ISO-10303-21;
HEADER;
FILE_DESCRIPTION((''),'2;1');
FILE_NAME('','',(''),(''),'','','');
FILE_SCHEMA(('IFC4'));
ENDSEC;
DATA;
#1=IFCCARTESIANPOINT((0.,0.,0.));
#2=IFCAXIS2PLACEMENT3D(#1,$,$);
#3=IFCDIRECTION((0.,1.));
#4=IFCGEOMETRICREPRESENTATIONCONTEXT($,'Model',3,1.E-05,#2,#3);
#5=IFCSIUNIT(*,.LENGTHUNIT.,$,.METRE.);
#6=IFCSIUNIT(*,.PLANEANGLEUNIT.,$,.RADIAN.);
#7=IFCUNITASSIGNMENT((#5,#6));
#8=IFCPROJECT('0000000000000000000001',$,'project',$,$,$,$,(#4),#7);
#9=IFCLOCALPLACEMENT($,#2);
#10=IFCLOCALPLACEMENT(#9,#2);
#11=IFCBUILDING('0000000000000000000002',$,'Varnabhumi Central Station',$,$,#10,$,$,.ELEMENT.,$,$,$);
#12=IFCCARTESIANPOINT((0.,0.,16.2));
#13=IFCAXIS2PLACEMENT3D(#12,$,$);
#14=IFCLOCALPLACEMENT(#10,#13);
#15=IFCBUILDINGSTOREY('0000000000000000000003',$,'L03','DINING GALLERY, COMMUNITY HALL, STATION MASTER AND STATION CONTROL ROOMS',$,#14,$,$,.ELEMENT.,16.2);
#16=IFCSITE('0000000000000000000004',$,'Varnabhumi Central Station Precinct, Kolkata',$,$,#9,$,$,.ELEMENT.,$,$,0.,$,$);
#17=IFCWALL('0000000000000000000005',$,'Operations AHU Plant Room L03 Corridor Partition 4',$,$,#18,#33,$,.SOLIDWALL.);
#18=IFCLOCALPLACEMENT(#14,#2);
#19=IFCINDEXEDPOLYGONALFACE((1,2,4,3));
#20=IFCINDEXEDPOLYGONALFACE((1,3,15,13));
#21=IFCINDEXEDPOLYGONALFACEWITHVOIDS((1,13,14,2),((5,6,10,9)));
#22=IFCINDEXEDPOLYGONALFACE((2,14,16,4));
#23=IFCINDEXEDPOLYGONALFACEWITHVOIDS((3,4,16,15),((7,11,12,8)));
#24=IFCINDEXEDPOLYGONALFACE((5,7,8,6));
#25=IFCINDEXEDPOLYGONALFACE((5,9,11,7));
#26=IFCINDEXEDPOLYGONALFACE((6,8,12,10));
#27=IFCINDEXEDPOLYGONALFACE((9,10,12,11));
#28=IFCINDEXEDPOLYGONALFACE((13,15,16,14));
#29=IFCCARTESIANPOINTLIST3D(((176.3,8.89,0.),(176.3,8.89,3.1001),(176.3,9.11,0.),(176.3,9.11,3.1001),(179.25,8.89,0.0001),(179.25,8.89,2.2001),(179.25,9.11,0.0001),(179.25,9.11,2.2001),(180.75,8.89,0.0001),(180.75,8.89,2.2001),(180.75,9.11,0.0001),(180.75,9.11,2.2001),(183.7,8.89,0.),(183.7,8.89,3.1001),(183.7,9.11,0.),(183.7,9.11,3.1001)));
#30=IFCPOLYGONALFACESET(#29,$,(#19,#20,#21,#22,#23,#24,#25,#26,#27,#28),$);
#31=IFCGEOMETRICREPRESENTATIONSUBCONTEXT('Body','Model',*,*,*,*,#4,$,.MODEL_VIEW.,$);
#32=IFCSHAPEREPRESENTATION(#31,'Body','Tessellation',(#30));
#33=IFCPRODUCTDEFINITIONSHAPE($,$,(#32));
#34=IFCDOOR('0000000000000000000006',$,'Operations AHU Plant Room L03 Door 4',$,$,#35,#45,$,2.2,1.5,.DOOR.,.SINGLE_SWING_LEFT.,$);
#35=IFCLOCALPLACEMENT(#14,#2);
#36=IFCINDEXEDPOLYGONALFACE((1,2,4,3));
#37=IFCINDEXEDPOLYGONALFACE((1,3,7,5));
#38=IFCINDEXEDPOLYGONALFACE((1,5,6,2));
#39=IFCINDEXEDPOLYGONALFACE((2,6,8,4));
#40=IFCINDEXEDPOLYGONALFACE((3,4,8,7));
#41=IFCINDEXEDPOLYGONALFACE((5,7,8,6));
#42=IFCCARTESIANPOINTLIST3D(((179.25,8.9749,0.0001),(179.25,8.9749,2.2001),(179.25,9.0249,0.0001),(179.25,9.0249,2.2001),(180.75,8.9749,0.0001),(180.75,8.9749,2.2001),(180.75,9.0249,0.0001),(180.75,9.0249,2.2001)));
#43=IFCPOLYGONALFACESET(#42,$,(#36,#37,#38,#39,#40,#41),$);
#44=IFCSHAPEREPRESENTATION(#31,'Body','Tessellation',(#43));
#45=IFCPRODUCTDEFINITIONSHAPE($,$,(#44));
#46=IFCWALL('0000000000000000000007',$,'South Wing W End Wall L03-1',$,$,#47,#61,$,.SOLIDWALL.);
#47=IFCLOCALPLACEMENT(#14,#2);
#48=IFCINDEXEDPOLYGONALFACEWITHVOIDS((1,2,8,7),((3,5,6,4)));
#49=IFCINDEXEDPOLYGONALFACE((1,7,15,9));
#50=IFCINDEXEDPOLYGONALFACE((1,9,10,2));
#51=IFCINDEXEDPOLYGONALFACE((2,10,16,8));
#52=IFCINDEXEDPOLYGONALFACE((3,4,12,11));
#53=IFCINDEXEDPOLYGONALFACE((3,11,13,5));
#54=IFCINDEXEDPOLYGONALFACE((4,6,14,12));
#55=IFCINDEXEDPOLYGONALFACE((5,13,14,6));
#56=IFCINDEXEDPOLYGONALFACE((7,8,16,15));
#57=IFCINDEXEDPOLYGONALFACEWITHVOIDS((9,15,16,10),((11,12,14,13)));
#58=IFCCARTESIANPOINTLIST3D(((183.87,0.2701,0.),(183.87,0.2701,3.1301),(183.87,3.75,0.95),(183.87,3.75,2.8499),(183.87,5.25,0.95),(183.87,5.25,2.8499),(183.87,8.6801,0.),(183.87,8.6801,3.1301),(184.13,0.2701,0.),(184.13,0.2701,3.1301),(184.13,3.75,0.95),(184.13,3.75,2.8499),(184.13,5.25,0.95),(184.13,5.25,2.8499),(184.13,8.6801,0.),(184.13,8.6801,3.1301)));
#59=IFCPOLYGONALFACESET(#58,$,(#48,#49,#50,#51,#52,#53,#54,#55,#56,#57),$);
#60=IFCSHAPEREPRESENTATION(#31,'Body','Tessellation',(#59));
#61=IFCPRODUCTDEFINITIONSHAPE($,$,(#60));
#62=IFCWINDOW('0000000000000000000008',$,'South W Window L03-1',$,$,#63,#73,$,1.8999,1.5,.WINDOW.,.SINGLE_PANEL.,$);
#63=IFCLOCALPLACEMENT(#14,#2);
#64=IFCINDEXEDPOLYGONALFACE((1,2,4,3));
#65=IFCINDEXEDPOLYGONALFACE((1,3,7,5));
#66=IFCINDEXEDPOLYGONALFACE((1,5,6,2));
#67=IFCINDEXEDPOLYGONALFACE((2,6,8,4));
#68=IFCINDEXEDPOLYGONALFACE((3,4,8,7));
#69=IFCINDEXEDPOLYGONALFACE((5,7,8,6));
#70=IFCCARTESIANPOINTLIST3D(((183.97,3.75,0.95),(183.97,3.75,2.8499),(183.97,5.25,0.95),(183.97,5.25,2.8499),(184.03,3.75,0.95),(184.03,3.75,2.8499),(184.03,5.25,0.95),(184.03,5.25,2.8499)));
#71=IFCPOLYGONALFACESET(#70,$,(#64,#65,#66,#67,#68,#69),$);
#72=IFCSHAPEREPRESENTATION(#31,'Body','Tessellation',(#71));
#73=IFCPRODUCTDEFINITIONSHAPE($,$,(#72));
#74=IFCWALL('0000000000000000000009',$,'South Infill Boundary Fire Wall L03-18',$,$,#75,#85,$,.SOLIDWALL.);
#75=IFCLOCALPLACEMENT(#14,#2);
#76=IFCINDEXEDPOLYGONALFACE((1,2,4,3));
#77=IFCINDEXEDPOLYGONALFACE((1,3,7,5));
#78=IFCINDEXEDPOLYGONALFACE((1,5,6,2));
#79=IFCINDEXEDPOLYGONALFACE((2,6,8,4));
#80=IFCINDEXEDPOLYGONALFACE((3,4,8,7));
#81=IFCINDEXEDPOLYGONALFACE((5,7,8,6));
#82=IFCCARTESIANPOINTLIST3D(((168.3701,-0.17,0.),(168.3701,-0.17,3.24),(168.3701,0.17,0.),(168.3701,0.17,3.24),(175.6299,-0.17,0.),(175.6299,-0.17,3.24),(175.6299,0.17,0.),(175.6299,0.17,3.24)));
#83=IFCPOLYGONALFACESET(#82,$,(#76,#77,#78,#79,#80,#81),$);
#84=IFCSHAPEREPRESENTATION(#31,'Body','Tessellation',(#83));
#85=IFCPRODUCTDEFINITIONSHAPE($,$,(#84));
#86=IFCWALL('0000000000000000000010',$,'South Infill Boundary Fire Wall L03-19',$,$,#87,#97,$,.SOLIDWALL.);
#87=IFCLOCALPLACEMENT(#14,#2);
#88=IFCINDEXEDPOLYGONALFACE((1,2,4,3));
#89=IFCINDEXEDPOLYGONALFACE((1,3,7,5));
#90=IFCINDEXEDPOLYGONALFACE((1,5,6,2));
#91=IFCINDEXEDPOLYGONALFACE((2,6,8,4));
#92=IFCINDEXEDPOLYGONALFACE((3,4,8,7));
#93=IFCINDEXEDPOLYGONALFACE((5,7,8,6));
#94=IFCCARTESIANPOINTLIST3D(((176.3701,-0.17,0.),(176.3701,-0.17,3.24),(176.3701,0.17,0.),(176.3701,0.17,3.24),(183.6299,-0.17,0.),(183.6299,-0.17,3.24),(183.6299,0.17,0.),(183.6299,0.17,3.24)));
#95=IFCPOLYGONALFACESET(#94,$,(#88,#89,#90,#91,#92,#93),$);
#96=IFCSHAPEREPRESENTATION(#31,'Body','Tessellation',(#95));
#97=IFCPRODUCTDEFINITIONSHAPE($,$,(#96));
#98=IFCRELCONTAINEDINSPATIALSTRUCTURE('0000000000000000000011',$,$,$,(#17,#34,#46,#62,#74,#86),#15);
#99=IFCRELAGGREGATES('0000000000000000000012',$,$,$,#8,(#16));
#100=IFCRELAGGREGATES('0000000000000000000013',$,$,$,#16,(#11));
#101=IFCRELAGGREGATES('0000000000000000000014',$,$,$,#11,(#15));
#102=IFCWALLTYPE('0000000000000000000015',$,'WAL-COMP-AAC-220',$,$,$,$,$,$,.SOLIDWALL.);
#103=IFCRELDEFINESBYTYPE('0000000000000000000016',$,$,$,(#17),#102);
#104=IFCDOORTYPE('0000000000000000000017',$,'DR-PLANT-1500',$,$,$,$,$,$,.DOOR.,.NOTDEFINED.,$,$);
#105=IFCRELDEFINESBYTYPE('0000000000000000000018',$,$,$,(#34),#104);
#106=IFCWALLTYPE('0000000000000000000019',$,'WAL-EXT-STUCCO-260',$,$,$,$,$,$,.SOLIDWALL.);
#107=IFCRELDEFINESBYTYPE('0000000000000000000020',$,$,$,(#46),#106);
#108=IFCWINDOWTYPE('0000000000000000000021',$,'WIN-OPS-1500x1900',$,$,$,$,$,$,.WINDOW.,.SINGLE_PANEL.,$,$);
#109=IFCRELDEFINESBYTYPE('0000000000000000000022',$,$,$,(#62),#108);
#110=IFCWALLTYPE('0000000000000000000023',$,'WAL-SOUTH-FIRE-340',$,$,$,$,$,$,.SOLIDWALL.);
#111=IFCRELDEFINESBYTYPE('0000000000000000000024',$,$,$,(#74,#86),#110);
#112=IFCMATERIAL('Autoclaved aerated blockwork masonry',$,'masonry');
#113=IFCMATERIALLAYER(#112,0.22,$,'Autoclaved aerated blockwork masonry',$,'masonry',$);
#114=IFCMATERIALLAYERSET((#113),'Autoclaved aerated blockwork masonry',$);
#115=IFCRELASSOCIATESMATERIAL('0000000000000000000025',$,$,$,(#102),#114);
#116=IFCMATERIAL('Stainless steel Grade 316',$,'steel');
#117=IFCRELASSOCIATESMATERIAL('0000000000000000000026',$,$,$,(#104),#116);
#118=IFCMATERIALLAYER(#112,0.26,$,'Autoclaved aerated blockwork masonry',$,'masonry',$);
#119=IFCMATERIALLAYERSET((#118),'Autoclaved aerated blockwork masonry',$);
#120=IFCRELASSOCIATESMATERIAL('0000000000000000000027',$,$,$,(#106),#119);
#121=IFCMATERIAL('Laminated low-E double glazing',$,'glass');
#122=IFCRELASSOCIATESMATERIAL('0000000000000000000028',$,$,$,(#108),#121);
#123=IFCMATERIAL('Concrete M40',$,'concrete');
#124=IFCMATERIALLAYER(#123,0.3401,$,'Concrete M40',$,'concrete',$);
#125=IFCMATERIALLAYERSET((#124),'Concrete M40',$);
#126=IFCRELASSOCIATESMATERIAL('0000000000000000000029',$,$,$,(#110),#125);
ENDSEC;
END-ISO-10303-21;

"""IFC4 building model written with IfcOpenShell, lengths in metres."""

from ifc_helpers import new_model, si_unit, direction, frame, frame_2d, origin, place, context, subcontext, project, spatial, rectangle, extrude, material, layer, layer_set, type_object, element, fill, save


model = new_model("IFC4")

# Units and contexts
model_context = context("Model", 3, precision=1e-05, world=origin(), true_north=direction((0.0, 1.0)))
body_context = subcontext(model_context, "Body", "Model", "MODEL_VIEW")
ifc_project = project(units=[si_unit("LENGTHUNIT", "METRE"), si_unit("PLANEANGLEUNIT", "RADIAN")], contexts=[model_context])

# Site, building, storey
site_placement = place(None, origin())
site = spatial("IfcSite", under=ifc_project, at=site_placement, Name="Varnabhumi Central Station Precinct, Kolkata", CompositionType="ELEMENT", RefElevation=0.0)
building_placement = place(site_placement, origin())
building = spatial("IfcBuilding", under=site, at=building_placement, Name="Varnabhumi Central Station", CompositionType="ELEMENT")
storey_placement = place(building_placement, frame((0.0, 0.0, 16.2)))
storey = spatial("IfcBuildingStorey", under=building, at=storey_placement, Name="L03", Description="DINING GALLERY, COMMUNITY HALL, STATION MASTER AND STATION CONTROL ROOMS", CompositionType="ELEMENT", Elevation=16.2)

# Shared definitions
ifc_material_1 = material(Name="Concrete M40", Category="concrete")

# Shared definitions
ifc_material_2 = material(Name="Autoclaved aerated blockwork masonry", Category="masonry")
ifc_layer_1 = layer(ifc_material_2, 0.22, Name="Autoclaved aerated blockwork masonry", Category="masonry")
ifc_layer_set_1 = layer_set([ifc_layer_1], Name="Autoclaved aerated blockwork masonry")
wall_type_1 = type_object("IfcWallType", Name="WAL-COMP-AAC-220", PredefinedType="SOLIDWALL", material=ifc_layer_set_1)

# Wall, opening, door
wall_1_placement = place(storey_placement, frame((176.3, 9.0, 0.0), z_axis=(0.0, 0.0, 1.0), x_axis=(1.0, 0.0, 0.0)))
wall_1 = element("IfcWall", 1, at=wall_1_placement, inside=storey, type_object=wall_type_1, Name="Operations AHU Plant Room L03 Corridor Partition 4", PredefinedType="SOLIDWALL", context=body_context, shape_type="SweptSolid", body=[
    extrude(rectangle(XDim=7.3999, YDim=0.22, at=frame_2d((3.7, 0.0))), origin(), (0.0, 0.0, 1.0), 3.1001),
])
opening_1_placement = place(wall_1_placement, frame((2.95, 0.0, 0.0)))
opening_1 = element("IfcOpeningElement", 2, at=opening_1_placement, cuts=wall_1, PredefinedType="OPENING", context=body_context, shape_type="SweptSolid", body=[
    extrude(rectangle(XDim=1.5, YDim=2.2, at=frame_2d((0.75, 1.1001))), frame((0.0, 0.1199, 0.0), z_axis=(0.0, -1.0, 0.0), x_axis=(1.0, 0.0, 0.0)), (0.0, 0.0, 1.0), 0.24),
])
ifc_material_3 = material(Name="Stainless steel Grade 316", Category="steel")
door_type = type_object("IfcDoorType", Name="DR-PLANT-1500", OperationType="NOTDEFINED", PredefinedType="DOOR", material=ifc_material_3)
door_placement = place(opening_1_placement, origin())
door = element("IfcDoor", 3, at=door_placement, inside=storey, type_object=door_type, Name="Operations AHU Plant Room L03 Door 4", OperationType="SINGLE_SWING_LEFT", OverallHeight=2.2, OverallWidth=1.5, PredefinedType="DOOR", context=body_context, shape_type="SweptSolid", body=[
    extrude(rectangle(XDim=1.5, YDim=2.2, at=frame_2d((0.75, 1.1001))), frame((0.0, 0.0249, 0.0), z_axis=(0.0, -1.0, 0.0), x_axis=(1.0, 0.0, 0.0)), (0.0, 0.0, 1.0), 0.05),
])
fill(opening_1, door)

# Wall, opening, window
ifc_layer_2 = layer(ifc_material_2, 0.26, Name="Autoclaved aerated blockwork masonry", Category="masonry")
ifc_layer_set_2 = layer_set([ifc_layer_2], Name="Autoclaved aerated blockwork masonry")
wall_type_2 = type_object("IfcWallType", Name="WAL-EXT-STUCCO-260", PredefinedType="SOLIDWALL", material=ifc_layer_set_2)
wall_2_placement = place(storey_placement, frame((184.0, 0.27, 0.0), z_axis=(0.0, 0.0, 1.0), x_axis=(0.0, 1.0, 0.0)))
wall_2 = element("IfcWall", 4, at=wall_2_placement, inside=storey, type_object=wall_type_2, Name="South Wing W End Wall L03-1", PredefinedType="SOLIDWALL", context=body_context, shape_type="SweptSolid", body=[
    extrude(rectangle(XDim=8.4099, YDim=0.26, at=frame_2d((4.2051, 0.0))), origin(), (0.0, 0.0, 1.0), 3.1301),
])
opening_2_placement = place(wall_2_placement, frame((3.48, 0.0, 0.95)))
opening_2 = element("IfcOpeningElement", 5, at=opening_2_placement, cuts=wall_2, PredefinedType="OPENING", context=body_context, shape_type="SweptSolid", body=[
    extrude(rectangle(XDim=1.5, YDim=1.8999, at=frame_2d((0.75, 0.95))), frame((0.0, 0.1399, 0.0), z_axis=(0.0, -1.0, 0.0), x_axis=(1.0, 0.0, 0.0)), (0.0, 0.0, 1.0), 0.28),
])
ifc_material_4 = material(Name="Laminated low-E double glazing", Category="glass")
window_type = type_object("IfcWindowType", Name="WIN-OPS-1500x1900", PartitioningType="SINGLE_PANEL", PredefinedType="WINDOW", material=ifc_material_4)
window_placement = place(opening_2_placement, origin())
window = element("IfcWindow", 6, at=window_placement, inside=storey, type_object=window_type, Name="South W Window L03-1", OverallHeight=1.8999, OverallWidth=1.5, PartitioningType="SINGLE_PANEL", PredefinedType="WINDOW", context=body_context, shape_type="SweptSolid", body=[
    extrude(rectangle(XDim=1.5, YDim=1.8999, at=frame_2d((0.75, 0.95))), frame((0.0, 0.03, 0.0), z_axis=(0.0, -1.0, 0.0), x_axis=(1.0, 0.0, 0.0)), (0.0, 0.0, 1.0), 0.0601),
])
fill(opening_2, window)

# Walls
ifc_layer_3 = layer(ifc_material_1, 0.3401, Name="Concrete M40", Category="concrete")
ifc_layer_set_3 = layer_set([ifc_layer_3], Name="Concrete M40")
wall_type_3 = type_object("IfcWallType", Name="WAL-SOUTH-FIRE-340", PredefinedType="SOLIDWALL", material=ifc_layer_set_3)
for number, where, z_axis, x_axis, name in (
    (7, (168.3701, 0.0, 0.0), (0.0, 0.0, 1.0), (1.0, 0.0, 0.0), "South Infill Boundary Fire Wall L03-18"),
    (8, (176.3701, 0.0, 0.0), (0.0, 0.0, 1.0), (1.0, 0.0, 0.0), "South Infill Boundary Fire Wall L03-19"),
):
    element("IfcWall", number, at=place(storey_placement, frame(where, z_axis=z_axis, x_axis=x_axis)), inside=storey, type_object=wall_type_3, Name=name, PredefinedType="SOLIDWALL", context=body_context, shape_type="SweptSolid", body=[
        extrude(rectangle(XDim=7.2598, YDim=0.3401, at=frame_2d((3.6299, 0.0))), origin(), (0.0, 0.0, 1.0), 3.24),
    ])

save(model, "model.ifc")
